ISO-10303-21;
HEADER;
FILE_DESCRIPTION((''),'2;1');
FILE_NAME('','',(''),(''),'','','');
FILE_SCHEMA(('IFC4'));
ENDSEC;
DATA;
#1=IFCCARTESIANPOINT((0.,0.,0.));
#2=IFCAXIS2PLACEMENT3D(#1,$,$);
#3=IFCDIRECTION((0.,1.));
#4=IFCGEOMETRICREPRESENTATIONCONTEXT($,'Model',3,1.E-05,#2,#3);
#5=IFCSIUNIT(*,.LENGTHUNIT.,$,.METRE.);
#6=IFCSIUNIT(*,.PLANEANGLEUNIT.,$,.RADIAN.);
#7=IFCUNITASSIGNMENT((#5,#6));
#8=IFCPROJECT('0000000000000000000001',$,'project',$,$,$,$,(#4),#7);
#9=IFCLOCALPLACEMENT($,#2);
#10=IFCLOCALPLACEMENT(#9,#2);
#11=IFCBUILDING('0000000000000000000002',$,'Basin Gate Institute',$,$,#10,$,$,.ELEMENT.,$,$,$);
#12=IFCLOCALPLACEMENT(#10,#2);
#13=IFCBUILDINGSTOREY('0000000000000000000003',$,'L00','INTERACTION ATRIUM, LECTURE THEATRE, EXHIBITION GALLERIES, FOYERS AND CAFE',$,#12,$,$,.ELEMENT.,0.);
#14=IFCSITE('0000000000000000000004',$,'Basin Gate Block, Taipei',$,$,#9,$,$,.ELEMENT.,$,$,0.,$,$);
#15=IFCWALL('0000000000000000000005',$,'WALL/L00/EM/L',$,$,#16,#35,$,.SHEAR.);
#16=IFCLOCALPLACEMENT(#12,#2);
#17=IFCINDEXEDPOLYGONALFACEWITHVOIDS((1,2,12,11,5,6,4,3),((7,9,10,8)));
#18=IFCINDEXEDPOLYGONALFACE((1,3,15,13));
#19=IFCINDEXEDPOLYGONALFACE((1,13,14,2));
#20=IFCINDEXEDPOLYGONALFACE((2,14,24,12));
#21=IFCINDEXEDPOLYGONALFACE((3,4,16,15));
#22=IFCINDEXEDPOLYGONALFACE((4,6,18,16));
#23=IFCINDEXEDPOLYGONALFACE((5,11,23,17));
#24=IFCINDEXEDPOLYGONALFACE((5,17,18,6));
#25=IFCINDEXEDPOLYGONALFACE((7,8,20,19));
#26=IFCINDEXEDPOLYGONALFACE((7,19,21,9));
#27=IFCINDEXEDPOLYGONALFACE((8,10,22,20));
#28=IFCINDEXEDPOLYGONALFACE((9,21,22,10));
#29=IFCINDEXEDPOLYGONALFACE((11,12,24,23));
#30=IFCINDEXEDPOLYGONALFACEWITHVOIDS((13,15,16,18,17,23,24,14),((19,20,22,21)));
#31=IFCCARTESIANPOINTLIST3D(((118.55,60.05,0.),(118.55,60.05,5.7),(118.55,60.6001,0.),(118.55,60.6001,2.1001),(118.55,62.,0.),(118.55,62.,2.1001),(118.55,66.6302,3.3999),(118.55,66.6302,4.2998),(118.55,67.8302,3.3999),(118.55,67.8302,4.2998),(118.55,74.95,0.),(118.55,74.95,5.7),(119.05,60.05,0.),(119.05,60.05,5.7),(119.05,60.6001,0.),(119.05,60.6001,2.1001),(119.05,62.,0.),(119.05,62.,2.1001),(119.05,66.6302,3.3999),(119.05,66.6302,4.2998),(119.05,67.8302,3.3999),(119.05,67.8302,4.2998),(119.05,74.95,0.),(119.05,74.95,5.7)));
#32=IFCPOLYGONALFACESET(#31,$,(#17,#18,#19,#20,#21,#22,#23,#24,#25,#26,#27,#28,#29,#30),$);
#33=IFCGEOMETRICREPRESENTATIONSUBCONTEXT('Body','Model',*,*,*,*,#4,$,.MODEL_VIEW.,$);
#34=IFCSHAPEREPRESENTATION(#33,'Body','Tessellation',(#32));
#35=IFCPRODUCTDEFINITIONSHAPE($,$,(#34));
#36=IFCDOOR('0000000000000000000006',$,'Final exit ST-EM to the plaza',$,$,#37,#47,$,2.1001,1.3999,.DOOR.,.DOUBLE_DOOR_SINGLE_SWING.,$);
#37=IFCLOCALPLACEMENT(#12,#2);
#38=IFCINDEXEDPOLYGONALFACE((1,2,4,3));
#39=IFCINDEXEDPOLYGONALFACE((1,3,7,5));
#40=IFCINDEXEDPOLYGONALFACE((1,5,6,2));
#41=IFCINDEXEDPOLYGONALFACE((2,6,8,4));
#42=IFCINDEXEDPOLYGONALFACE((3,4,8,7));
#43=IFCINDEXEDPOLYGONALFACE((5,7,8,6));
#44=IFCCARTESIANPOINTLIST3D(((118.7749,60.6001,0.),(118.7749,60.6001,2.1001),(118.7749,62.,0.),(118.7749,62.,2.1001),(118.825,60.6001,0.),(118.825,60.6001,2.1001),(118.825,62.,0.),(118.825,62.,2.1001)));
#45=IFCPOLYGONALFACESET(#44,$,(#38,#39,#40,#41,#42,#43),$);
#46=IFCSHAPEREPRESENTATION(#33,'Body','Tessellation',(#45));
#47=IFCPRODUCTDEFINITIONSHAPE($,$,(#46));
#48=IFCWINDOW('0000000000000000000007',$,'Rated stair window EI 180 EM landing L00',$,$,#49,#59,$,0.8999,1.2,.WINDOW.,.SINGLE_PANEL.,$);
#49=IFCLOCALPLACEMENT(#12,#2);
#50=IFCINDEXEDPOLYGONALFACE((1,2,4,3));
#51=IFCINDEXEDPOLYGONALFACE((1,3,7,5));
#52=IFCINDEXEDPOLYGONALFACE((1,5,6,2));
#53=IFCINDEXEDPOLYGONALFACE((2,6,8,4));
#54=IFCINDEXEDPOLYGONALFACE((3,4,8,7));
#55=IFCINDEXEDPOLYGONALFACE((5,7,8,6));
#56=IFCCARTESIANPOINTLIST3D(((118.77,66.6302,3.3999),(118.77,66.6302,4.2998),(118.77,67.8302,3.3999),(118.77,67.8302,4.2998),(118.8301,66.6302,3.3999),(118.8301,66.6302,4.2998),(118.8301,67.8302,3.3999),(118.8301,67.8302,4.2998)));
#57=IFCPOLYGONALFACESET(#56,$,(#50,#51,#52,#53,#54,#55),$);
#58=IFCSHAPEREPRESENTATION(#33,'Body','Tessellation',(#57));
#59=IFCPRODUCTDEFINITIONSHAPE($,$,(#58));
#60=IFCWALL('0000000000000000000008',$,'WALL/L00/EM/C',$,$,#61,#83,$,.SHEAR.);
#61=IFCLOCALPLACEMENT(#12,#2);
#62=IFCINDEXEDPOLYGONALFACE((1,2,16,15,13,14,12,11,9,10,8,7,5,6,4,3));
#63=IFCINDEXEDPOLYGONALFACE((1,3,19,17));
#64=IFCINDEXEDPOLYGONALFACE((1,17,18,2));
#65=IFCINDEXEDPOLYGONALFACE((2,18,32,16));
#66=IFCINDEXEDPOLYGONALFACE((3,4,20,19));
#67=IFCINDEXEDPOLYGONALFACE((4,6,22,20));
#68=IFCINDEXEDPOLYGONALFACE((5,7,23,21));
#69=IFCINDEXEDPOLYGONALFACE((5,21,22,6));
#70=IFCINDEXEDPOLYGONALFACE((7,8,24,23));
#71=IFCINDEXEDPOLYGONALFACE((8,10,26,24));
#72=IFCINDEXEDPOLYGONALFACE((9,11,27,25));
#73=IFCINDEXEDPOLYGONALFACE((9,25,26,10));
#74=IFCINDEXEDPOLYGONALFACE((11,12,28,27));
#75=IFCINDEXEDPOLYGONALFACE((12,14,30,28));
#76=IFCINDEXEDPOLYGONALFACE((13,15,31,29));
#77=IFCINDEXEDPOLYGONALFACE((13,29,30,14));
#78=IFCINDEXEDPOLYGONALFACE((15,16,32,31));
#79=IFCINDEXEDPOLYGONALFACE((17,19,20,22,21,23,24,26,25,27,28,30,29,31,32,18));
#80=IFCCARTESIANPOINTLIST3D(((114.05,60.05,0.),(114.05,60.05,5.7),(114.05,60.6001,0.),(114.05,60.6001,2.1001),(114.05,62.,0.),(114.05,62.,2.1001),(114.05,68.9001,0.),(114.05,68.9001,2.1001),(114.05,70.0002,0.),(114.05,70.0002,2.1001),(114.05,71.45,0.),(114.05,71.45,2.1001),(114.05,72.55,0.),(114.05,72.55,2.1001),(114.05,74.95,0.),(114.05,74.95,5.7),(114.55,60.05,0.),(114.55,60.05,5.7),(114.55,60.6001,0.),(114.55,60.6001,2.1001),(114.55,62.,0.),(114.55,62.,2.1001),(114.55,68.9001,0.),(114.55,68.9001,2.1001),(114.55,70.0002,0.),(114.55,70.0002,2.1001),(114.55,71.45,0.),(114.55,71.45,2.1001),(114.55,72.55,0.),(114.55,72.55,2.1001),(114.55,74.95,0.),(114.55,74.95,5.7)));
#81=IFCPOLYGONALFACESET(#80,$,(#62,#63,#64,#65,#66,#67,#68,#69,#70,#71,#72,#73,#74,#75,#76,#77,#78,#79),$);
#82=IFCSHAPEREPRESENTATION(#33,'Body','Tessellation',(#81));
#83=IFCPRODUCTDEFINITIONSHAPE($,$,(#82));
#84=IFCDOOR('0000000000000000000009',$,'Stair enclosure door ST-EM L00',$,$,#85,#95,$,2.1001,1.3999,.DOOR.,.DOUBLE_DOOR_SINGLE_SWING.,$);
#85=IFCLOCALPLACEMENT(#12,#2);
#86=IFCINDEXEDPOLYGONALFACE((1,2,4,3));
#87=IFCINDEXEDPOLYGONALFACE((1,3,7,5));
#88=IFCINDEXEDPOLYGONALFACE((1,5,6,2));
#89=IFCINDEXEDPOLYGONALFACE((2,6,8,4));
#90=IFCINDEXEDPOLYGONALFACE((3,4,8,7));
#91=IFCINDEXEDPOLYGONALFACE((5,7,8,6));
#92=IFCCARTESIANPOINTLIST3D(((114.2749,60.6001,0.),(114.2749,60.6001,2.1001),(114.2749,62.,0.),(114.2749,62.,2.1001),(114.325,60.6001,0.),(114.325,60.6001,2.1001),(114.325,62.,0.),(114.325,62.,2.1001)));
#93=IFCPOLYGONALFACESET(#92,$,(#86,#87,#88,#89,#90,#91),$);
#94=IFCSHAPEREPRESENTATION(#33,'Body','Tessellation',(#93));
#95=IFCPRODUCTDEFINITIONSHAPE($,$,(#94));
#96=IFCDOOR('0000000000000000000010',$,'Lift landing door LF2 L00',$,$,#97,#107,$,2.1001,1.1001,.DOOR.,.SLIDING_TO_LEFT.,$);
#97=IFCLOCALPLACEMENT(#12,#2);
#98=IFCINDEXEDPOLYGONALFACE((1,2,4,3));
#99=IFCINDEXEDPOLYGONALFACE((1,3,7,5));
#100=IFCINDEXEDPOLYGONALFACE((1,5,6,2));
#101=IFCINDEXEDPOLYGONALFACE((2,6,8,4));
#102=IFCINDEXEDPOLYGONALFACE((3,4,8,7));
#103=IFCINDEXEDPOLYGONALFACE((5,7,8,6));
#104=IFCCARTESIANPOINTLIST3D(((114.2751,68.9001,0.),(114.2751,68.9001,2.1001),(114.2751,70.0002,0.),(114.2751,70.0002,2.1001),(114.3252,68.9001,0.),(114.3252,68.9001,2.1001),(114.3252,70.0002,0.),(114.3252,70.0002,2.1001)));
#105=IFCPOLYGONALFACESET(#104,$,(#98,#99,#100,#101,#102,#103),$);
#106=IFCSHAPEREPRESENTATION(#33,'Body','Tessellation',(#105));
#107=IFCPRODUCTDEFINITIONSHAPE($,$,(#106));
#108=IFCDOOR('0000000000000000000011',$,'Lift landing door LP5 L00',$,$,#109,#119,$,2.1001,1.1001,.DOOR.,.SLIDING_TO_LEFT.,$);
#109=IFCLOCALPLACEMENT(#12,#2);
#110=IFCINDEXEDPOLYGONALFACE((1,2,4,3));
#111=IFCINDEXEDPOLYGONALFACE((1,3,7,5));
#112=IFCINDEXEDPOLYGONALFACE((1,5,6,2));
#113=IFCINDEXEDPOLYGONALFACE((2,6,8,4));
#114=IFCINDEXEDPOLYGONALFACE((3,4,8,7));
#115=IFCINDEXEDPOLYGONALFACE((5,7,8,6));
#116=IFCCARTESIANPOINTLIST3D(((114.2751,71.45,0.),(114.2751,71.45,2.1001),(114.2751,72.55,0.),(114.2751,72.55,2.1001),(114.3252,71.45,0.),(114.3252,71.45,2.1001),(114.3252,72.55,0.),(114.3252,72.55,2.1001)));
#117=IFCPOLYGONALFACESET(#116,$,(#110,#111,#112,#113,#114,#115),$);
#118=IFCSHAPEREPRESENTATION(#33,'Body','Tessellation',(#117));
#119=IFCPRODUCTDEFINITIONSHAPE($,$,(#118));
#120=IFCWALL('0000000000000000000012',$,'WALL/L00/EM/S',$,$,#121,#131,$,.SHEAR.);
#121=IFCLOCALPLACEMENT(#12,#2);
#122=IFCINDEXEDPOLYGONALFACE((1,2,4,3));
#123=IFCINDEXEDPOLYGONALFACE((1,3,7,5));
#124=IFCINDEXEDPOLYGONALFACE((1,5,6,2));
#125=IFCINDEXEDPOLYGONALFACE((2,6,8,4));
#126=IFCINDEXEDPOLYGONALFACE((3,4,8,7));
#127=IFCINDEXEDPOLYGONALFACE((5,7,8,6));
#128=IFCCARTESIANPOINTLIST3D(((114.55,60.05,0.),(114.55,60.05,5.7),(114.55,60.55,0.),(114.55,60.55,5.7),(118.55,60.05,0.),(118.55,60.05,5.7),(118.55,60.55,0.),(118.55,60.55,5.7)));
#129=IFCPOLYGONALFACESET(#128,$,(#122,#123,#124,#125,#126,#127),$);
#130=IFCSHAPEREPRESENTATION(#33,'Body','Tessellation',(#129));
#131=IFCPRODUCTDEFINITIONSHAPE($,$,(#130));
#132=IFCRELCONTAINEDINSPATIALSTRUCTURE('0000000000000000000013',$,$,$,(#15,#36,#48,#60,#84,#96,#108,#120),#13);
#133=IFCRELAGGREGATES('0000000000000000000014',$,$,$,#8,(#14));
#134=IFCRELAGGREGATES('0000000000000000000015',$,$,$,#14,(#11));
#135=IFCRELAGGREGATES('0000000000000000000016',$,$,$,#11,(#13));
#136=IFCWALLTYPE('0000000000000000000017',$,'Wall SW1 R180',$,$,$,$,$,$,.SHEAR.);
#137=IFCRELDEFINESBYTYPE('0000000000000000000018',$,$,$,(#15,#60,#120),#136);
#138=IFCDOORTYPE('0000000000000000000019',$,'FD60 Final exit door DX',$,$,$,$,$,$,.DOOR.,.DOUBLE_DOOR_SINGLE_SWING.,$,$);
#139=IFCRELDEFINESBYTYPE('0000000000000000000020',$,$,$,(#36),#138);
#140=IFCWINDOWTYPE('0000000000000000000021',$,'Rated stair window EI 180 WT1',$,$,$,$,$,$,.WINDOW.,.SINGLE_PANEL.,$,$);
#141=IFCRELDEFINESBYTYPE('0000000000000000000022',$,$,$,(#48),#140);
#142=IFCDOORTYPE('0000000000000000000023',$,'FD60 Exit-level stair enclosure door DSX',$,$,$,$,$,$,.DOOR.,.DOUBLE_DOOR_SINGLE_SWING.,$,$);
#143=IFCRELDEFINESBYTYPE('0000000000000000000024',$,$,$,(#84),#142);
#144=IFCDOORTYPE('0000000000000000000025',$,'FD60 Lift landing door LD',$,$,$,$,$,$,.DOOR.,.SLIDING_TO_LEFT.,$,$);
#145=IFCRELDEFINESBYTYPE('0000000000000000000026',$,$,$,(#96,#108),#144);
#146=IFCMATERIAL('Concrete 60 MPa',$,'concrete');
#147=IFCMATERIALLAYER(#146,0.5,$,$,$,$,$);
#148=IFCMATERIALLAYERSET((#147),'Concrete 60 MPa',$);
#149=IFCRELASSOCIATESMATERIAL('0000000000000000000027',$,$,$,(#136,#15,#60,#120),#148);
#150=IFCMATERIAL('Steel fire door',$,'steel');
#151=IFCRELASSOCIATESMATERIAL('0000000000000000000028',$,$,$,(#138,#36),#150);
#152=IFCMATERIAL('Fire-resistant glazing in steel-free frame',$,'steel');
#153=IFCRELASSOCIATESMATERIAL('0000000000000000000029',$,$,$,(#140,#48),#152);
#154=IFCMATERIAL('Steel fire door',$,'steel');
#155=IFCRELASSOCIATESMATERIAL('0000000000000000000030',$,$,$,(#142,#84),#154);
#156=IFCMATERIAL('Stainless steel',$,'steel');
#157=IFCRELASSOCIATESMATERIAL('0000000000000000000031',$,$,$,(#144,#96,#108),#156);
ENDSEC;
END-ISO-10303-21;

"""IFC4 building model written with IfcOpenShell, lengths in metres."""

from ifc_helpers import new_model, si_unit, direction, frame, frame_2d, origin, place, context, subcontext, project, spatial, rectangle, extrude, material, layer, layer_set, type_object, element, fill, save


model = new_model("IFC4")

# Units and contexts
model_context = context("Model", 3, precision=1e-05, world=origin(), true_north=direction((0.0, 1.0)))
body_context = subcontext(model_context, "Body", "Model", "MODEL_VIEW")
ifc_project = project(units=[si_unit("LENGTHUNIT", "METRE"), si_unit("PLANEANGLEUNIT", "RADIAN")], contexts=[model_context])

# Site, building, storey
site_placement = place(None, origin())
site = spatial("IfcSite", under=ifc_project, at=site_placement, Name="Basin Gate Block, Taipei", CompositionType="ELEMENT", RefElevation=0.0)
building_placement = place(site_placement, origin())
building = spatial("IfcBuilding", under=site, at=building_placement, Name="Basin Gate Institute", CompositionType="ELEMENT")
storey_placement = place(building_placement, origin())
storey = spatial("IfcBuildingStorey", under=building, at=storey_placement, Name="L00", Description="INTERACTION ATRIUM, LECTURE THEATRE, EXHIBITION GALLERIES, FOYERS AND CAFE", CompositionType="ELEMENT", Elevation=0.0)

# Wall, openings, door, window
ifc_material_1 = material(Name="Concrete 60 MPa", Category="concrete")
ifc_layer_1 = layer(ifc_material_1, 0.5)
ifc_layer_set_1 = layer_set([ifc_layer_1], Name="Concrete 60 MPa")
wall_type_1 = type_object("IfcWallType", Name="Wall SW1 R180", PredefinedType="SHEAR", material=ifc_layer_set_1)
wall_1_placement = place(storey_placement, frame((118.8, 60.05, 0.0), z_axis=(0.0, 0.0, 1.0), x_axis=(0.0, 1.0, 0.0)))
wall_1 = element("IfcWall", 1, at=wall_1_placement, inside=storey, type_object=wall_type_1, material=ifc_layer_set_1, Name="WALL/L00/EM/L", PredefinedType="SHEAR", context=body_context, shape_type="SweptSolid", body=[
    extrude(rectangle(XDim=14.8999, YDim=0.5, at=frame_2d((7.45, 0.0))), origin(), (0.0, 0.0, 1.0), 5.7),
])
opening_1_placement = place(wall_1_placement, frame((0.55, 0.0, 0.0)))
opening_1 = element("IfcOpeningElement", 2, at=opening_1_placement, cuts=wall_1, PredefinedType="OPENING", context=body_context, shape_type="SweptSolid", body=[
    extrude(rectangle(XDim=1.3999, YDim=2.1001, at=frame_2d((0.7, 1.05))), frame((0.0, 0.26, 0.0), z_axis=(0.0, -1.0, 0.0), x_axis=(1.0, 0.0, 0.0)), (0.0, 0.0, 1.0), 0.52),
])
opening_2_placement = place(wall_1_placement, frame((6.5801, 0.0, 3.3999)))
opening_2 = element("IfcOpeningElement", 3, at=opening_2_placement, cuts=wall_1, PredefinedType="OPENING", context=body_context, shape_type="SweptSolid", body=[
    extrude(rectangle(XDim=1.2, YDim=0.8999, at=frame_2d((0.6001, 0.45))), frame((0.0, 0.26, 0.0), z_axis=(0.0, -1.0, 0.0), x_axis=(1.0, 0.0, 0.0)), (0.0, 0.0, 1.0), 0.52),
])
ifc_material_2 = material(Name="Steel fire door", Category="steel")
door_type_1 = type_object("IfcDoorType", Name="FD60 Final exit door DX", OperationType="DOUBLE_DOOR_SINGLE_SWING", PredefinedType="DOOR", material=ifc_material_2)
door_1_placement = place(opening_1_placement, frame((1.3999, 0.0, 0.0), z_axis=(0.0, 0.0, 1.0), x_axis=(-1.0, 0.0, 0.0)))
door_1 = element("IfcDoor", 4, at=door_1_placement, inside=storey, type_object=door_type_1, material=ifc_material_2, Name="Final exit ST-EM to the plaza", OperationType="DOUBLE_DOOR_SINGLE_SWING", OverallHeight=2.1001, OverallWidth=1.3999, PredefinedType="DOOR", context=body_context, shape_type="SweptSolid", body=[
    extrude(rectangle(XDim=1.3999, YDim=2.1001, at=frame_2d((0.7, 1.05))), frame((0.0, 0.0249, 0.0), z_axis=(0.0, -1.0, 0.0), x_axis=(1.0, 0.0, 0.0)), (0.0, 0.0, 1.0), 0.05),
])
fill(opening_1, door_1)
ifc_material_3 = material(Name="Fire-resistant glazing in steel-free frame", Category="steel")
window_type_1 = type_object("IfcWindowType", Name="Rated stair window EI 180 WT1", PartitioningType="SINGLE_PANEL", PredefinedType="WINDOW", material=ifc_material_3)
window_1_placement = place(opening_2_placement, origin())
window_1 = element("IfcWindow", 5, at=window_1_placement, inside=storey, type_object=window_type_1, material=ifc_material_3, Name="Rated stair window EI 180 EM landing L00", OverallHeight=0.8999, OverallWidth=1.2, PartitioningType="SINGLE_PANEL", PredefinedType="WINDOW", context=body_context, shape_type="SweptSolid", body=[
    extrude(rectangle(XDim=1.2, YDim=0.8999, at=frame_2d((0.6001, 0.45))), frame((0.0, 0.03, 0.0), z_axis=(0.0, -1.0, 0.0), x_axis=(1.0, 0.0, 0.0)), (0.0, 0.0, 1.0), 0.0601),
])
fill(opening_2, window_1)

# Wall, openings, doors
wall_2_placement = place(storey_placement, frame((114.3, 60.05, 0.0), z_axis=(0.0, 0.0, 1.0), x_axis=(0.0, 1.0, 0.0)))
wall_2 = element("IfcWall", 6, at=wall_2_placement, inside=storey, type_object=wall_type_1, material=ifc_layer_set_1, Name="WALL/L00/EM/C", PredefinedType="SHEAR", context=body_context, shape_type="SweptSolid", body=[
    extrude(rectangle(XDim=14.8999, YDim=0.5, at=frame_2d((7.45, 0.0))), origin(), (0.0, 0.0, 1.0), 5.7),
])
opening_3_placement = place(wall_2_placement, frame((0.55, 0.0, 0.0)))
opening_3 = element("IfcOpeningElement", 7, at=opening_3_placement, cuts=wall_2, PredefinedType="OPENING", context=body_context, shape_type="SweptSolid", body=[
    extrude(rectangle(XDim=1.3999, YDim=2.1001, at=frame_2d((0.7, 1.05))), frame((0.0, 0.26, 0.0), z_axis=(0.0, -1.0, 0.0), x_axis=(1.0, 0.0, 0.0)), (0.0, 0.0, 1.0), 0.52),
])
opening_4_placement = place(wall_2_placement, frame((8.8501, 0.0, 0.0)))
opening_4 = element("IfcOpeningElement", 8, at=opening_4_placement, cuts=wall_2, PredefinedType="OPENING", context=body_context, shape_type="SweptSolid", body=[
    extrude(rectangle(XDim=1.1001, YDim=2.1001, at=frame_2d((0.55, 1.05))), frame((0.0, 0.26, 0.0), z_axis=(0.0, -1.0, 0.0), x_axis=(1.0, 0.0, 0.0)), (0.0, 0.0, 1.0), 0.52),
])
opening_5_placement = place(wall_2_placement, frame((11.3999, 0.0, 0.0)))
opening_5 = element("IfcOpeningElement", 9, at=opening_5_placement, cuts=wall_2, PredefinedType="OPENING", context=body_context, shape_type="SweptSolid", body=[
    extrude(rectangle(XDim=1.1001, YDim=2.1001, at=frame_2d((0.55, 1.05))), frame((0.0, 0.26, 0.0), z_axis=(0.0, -1.0, 0.0), x_axis=(1.0, 0.0, 0.0)), (0.0, 0.0, 1.0), 0.52),
])
ifc_material_4 = material(Name="Steel fire door", Category="steel")
door_type_2 = type_object("IfcDoorType", Name="FD60 Exit-level stair enclosure door DSX", OperationType="DOUBLE_DOOR_SINGLE_SWING", PredefinedType="DOOR", material=ifc_material_4)
door_2_placement = place(opening_3_placement, frame((1.3999, 0.0, 0.0), z_axis=(0.0, 0.0, 1.0), x_axis=(-1.0, 0.0, 0.0)))
door_2 = element("IfcDoor", 10, at=door_2_placement, inside=storey, type_object=door_type_2, material=ifc_material_4, Name="Stair enclosure door ST-EM L00", OperationType="DOUBLE_DOOR_SINGLE_SWING", OverallHeight=2.1001, OverallWidth=1.3999, PredefinedType="DOOR", context=body_context, shape_type="SweptSolid", body=[
    extrude(rectangle(XDim=1.3999, YDim=2.1001, at=frame_2d((0.7, 1.05))), frame((0.0, 0.0249, 0.0), z_axis=(0.0, -1.0, 0.0), x_axis=(1.0, 0.0, 0.0)), (0.0, 0.0, 1.0), 0.05),
])
fill(opening_3, door_2)
ifc_material_5 = material(Name="Stainless steel", Category="steel")
door_type_3 = type_object("IfcDoorType", Name="FD60 Lift landing door LD", OperationType="SLIDING_TO_LEFT", PredefinedType="DOOR", material=ifc_material_5)
door_3_placement = place(opening_4_placement, origin())
door_3 = element("IfcDoor", 11, at=door_3_placement, inside=storey, type_object=door_type_3, material=ifc_material_5, Name="Lift landing door LF2 L00", OperationType="SLIDING_TO_LEFT", OverallHeight=2.1001, OverallWidth=1.1001, PredefinedType="DOOR", context=body_context, shape_type="SweptSolid", body=[
    extrude(rectangle(XDim=1.1001, YDim=2.1001, at=frame_2d((0.55, 1.05))), frame((0.0, 0.0249, 0.0), z_axis=(0.0, -1.0, 0.0), x_axis=(1.0, 0.0, 0.0)), (0.0, 0.0, 1.0), 0.05),
])
fill(opening_4, door_3)
door_4_placement = place(opening_5_placement, origin())
door_4 = element("IfcDoor", 12, at=door_4_placement, inside=storey, type_object=door_type_3, material=ifc_material_5, Name="Lift landing door LP5 L00", OperationType="SLIDING_TO_LEFT", OverallHeight=2.1001, OverallWidth=1.1001, PredefinedType="DOOR", context=body_context, shape_type="SweptSolid", body=[
    extrude(rectangle(XDim=1.1001, YDim=2.1001, at=frame_2d((0.55, 1.05))), frame((0.0, 0.0249, 0.0), z_axis=(0.0, -1.0, 0.0), x_axis=(1.0, 0.0, 0.0)), (0.0, 0.0, 1.0), 0.05),
])
fill(opening_5, door_4)

# Wall
wall_3_placement = place(storey_placement, frame((118.55, 60.3, 0.0), z_axis=(0.0, 0.0, 1.0), x_axis=(-1.0, 0.0, 0.0)))
element("IfcWall", 13, at=wall_3_placement, inside=storey, type_object=wall_type_1, material=ifc_layer_set_1, Name="WALL/L00/EM/S", PredefinedType="SHEAR", context=body_context, shape_type="SweptSolid", body=[
    extrude(rectangle(XDim=4.0, YDim=0.5, at=frame_2d((2.0, 0.0))), origin(), (0.0, 0.0, 1.0), 5.7),
])

save(model, "model.ifc")
